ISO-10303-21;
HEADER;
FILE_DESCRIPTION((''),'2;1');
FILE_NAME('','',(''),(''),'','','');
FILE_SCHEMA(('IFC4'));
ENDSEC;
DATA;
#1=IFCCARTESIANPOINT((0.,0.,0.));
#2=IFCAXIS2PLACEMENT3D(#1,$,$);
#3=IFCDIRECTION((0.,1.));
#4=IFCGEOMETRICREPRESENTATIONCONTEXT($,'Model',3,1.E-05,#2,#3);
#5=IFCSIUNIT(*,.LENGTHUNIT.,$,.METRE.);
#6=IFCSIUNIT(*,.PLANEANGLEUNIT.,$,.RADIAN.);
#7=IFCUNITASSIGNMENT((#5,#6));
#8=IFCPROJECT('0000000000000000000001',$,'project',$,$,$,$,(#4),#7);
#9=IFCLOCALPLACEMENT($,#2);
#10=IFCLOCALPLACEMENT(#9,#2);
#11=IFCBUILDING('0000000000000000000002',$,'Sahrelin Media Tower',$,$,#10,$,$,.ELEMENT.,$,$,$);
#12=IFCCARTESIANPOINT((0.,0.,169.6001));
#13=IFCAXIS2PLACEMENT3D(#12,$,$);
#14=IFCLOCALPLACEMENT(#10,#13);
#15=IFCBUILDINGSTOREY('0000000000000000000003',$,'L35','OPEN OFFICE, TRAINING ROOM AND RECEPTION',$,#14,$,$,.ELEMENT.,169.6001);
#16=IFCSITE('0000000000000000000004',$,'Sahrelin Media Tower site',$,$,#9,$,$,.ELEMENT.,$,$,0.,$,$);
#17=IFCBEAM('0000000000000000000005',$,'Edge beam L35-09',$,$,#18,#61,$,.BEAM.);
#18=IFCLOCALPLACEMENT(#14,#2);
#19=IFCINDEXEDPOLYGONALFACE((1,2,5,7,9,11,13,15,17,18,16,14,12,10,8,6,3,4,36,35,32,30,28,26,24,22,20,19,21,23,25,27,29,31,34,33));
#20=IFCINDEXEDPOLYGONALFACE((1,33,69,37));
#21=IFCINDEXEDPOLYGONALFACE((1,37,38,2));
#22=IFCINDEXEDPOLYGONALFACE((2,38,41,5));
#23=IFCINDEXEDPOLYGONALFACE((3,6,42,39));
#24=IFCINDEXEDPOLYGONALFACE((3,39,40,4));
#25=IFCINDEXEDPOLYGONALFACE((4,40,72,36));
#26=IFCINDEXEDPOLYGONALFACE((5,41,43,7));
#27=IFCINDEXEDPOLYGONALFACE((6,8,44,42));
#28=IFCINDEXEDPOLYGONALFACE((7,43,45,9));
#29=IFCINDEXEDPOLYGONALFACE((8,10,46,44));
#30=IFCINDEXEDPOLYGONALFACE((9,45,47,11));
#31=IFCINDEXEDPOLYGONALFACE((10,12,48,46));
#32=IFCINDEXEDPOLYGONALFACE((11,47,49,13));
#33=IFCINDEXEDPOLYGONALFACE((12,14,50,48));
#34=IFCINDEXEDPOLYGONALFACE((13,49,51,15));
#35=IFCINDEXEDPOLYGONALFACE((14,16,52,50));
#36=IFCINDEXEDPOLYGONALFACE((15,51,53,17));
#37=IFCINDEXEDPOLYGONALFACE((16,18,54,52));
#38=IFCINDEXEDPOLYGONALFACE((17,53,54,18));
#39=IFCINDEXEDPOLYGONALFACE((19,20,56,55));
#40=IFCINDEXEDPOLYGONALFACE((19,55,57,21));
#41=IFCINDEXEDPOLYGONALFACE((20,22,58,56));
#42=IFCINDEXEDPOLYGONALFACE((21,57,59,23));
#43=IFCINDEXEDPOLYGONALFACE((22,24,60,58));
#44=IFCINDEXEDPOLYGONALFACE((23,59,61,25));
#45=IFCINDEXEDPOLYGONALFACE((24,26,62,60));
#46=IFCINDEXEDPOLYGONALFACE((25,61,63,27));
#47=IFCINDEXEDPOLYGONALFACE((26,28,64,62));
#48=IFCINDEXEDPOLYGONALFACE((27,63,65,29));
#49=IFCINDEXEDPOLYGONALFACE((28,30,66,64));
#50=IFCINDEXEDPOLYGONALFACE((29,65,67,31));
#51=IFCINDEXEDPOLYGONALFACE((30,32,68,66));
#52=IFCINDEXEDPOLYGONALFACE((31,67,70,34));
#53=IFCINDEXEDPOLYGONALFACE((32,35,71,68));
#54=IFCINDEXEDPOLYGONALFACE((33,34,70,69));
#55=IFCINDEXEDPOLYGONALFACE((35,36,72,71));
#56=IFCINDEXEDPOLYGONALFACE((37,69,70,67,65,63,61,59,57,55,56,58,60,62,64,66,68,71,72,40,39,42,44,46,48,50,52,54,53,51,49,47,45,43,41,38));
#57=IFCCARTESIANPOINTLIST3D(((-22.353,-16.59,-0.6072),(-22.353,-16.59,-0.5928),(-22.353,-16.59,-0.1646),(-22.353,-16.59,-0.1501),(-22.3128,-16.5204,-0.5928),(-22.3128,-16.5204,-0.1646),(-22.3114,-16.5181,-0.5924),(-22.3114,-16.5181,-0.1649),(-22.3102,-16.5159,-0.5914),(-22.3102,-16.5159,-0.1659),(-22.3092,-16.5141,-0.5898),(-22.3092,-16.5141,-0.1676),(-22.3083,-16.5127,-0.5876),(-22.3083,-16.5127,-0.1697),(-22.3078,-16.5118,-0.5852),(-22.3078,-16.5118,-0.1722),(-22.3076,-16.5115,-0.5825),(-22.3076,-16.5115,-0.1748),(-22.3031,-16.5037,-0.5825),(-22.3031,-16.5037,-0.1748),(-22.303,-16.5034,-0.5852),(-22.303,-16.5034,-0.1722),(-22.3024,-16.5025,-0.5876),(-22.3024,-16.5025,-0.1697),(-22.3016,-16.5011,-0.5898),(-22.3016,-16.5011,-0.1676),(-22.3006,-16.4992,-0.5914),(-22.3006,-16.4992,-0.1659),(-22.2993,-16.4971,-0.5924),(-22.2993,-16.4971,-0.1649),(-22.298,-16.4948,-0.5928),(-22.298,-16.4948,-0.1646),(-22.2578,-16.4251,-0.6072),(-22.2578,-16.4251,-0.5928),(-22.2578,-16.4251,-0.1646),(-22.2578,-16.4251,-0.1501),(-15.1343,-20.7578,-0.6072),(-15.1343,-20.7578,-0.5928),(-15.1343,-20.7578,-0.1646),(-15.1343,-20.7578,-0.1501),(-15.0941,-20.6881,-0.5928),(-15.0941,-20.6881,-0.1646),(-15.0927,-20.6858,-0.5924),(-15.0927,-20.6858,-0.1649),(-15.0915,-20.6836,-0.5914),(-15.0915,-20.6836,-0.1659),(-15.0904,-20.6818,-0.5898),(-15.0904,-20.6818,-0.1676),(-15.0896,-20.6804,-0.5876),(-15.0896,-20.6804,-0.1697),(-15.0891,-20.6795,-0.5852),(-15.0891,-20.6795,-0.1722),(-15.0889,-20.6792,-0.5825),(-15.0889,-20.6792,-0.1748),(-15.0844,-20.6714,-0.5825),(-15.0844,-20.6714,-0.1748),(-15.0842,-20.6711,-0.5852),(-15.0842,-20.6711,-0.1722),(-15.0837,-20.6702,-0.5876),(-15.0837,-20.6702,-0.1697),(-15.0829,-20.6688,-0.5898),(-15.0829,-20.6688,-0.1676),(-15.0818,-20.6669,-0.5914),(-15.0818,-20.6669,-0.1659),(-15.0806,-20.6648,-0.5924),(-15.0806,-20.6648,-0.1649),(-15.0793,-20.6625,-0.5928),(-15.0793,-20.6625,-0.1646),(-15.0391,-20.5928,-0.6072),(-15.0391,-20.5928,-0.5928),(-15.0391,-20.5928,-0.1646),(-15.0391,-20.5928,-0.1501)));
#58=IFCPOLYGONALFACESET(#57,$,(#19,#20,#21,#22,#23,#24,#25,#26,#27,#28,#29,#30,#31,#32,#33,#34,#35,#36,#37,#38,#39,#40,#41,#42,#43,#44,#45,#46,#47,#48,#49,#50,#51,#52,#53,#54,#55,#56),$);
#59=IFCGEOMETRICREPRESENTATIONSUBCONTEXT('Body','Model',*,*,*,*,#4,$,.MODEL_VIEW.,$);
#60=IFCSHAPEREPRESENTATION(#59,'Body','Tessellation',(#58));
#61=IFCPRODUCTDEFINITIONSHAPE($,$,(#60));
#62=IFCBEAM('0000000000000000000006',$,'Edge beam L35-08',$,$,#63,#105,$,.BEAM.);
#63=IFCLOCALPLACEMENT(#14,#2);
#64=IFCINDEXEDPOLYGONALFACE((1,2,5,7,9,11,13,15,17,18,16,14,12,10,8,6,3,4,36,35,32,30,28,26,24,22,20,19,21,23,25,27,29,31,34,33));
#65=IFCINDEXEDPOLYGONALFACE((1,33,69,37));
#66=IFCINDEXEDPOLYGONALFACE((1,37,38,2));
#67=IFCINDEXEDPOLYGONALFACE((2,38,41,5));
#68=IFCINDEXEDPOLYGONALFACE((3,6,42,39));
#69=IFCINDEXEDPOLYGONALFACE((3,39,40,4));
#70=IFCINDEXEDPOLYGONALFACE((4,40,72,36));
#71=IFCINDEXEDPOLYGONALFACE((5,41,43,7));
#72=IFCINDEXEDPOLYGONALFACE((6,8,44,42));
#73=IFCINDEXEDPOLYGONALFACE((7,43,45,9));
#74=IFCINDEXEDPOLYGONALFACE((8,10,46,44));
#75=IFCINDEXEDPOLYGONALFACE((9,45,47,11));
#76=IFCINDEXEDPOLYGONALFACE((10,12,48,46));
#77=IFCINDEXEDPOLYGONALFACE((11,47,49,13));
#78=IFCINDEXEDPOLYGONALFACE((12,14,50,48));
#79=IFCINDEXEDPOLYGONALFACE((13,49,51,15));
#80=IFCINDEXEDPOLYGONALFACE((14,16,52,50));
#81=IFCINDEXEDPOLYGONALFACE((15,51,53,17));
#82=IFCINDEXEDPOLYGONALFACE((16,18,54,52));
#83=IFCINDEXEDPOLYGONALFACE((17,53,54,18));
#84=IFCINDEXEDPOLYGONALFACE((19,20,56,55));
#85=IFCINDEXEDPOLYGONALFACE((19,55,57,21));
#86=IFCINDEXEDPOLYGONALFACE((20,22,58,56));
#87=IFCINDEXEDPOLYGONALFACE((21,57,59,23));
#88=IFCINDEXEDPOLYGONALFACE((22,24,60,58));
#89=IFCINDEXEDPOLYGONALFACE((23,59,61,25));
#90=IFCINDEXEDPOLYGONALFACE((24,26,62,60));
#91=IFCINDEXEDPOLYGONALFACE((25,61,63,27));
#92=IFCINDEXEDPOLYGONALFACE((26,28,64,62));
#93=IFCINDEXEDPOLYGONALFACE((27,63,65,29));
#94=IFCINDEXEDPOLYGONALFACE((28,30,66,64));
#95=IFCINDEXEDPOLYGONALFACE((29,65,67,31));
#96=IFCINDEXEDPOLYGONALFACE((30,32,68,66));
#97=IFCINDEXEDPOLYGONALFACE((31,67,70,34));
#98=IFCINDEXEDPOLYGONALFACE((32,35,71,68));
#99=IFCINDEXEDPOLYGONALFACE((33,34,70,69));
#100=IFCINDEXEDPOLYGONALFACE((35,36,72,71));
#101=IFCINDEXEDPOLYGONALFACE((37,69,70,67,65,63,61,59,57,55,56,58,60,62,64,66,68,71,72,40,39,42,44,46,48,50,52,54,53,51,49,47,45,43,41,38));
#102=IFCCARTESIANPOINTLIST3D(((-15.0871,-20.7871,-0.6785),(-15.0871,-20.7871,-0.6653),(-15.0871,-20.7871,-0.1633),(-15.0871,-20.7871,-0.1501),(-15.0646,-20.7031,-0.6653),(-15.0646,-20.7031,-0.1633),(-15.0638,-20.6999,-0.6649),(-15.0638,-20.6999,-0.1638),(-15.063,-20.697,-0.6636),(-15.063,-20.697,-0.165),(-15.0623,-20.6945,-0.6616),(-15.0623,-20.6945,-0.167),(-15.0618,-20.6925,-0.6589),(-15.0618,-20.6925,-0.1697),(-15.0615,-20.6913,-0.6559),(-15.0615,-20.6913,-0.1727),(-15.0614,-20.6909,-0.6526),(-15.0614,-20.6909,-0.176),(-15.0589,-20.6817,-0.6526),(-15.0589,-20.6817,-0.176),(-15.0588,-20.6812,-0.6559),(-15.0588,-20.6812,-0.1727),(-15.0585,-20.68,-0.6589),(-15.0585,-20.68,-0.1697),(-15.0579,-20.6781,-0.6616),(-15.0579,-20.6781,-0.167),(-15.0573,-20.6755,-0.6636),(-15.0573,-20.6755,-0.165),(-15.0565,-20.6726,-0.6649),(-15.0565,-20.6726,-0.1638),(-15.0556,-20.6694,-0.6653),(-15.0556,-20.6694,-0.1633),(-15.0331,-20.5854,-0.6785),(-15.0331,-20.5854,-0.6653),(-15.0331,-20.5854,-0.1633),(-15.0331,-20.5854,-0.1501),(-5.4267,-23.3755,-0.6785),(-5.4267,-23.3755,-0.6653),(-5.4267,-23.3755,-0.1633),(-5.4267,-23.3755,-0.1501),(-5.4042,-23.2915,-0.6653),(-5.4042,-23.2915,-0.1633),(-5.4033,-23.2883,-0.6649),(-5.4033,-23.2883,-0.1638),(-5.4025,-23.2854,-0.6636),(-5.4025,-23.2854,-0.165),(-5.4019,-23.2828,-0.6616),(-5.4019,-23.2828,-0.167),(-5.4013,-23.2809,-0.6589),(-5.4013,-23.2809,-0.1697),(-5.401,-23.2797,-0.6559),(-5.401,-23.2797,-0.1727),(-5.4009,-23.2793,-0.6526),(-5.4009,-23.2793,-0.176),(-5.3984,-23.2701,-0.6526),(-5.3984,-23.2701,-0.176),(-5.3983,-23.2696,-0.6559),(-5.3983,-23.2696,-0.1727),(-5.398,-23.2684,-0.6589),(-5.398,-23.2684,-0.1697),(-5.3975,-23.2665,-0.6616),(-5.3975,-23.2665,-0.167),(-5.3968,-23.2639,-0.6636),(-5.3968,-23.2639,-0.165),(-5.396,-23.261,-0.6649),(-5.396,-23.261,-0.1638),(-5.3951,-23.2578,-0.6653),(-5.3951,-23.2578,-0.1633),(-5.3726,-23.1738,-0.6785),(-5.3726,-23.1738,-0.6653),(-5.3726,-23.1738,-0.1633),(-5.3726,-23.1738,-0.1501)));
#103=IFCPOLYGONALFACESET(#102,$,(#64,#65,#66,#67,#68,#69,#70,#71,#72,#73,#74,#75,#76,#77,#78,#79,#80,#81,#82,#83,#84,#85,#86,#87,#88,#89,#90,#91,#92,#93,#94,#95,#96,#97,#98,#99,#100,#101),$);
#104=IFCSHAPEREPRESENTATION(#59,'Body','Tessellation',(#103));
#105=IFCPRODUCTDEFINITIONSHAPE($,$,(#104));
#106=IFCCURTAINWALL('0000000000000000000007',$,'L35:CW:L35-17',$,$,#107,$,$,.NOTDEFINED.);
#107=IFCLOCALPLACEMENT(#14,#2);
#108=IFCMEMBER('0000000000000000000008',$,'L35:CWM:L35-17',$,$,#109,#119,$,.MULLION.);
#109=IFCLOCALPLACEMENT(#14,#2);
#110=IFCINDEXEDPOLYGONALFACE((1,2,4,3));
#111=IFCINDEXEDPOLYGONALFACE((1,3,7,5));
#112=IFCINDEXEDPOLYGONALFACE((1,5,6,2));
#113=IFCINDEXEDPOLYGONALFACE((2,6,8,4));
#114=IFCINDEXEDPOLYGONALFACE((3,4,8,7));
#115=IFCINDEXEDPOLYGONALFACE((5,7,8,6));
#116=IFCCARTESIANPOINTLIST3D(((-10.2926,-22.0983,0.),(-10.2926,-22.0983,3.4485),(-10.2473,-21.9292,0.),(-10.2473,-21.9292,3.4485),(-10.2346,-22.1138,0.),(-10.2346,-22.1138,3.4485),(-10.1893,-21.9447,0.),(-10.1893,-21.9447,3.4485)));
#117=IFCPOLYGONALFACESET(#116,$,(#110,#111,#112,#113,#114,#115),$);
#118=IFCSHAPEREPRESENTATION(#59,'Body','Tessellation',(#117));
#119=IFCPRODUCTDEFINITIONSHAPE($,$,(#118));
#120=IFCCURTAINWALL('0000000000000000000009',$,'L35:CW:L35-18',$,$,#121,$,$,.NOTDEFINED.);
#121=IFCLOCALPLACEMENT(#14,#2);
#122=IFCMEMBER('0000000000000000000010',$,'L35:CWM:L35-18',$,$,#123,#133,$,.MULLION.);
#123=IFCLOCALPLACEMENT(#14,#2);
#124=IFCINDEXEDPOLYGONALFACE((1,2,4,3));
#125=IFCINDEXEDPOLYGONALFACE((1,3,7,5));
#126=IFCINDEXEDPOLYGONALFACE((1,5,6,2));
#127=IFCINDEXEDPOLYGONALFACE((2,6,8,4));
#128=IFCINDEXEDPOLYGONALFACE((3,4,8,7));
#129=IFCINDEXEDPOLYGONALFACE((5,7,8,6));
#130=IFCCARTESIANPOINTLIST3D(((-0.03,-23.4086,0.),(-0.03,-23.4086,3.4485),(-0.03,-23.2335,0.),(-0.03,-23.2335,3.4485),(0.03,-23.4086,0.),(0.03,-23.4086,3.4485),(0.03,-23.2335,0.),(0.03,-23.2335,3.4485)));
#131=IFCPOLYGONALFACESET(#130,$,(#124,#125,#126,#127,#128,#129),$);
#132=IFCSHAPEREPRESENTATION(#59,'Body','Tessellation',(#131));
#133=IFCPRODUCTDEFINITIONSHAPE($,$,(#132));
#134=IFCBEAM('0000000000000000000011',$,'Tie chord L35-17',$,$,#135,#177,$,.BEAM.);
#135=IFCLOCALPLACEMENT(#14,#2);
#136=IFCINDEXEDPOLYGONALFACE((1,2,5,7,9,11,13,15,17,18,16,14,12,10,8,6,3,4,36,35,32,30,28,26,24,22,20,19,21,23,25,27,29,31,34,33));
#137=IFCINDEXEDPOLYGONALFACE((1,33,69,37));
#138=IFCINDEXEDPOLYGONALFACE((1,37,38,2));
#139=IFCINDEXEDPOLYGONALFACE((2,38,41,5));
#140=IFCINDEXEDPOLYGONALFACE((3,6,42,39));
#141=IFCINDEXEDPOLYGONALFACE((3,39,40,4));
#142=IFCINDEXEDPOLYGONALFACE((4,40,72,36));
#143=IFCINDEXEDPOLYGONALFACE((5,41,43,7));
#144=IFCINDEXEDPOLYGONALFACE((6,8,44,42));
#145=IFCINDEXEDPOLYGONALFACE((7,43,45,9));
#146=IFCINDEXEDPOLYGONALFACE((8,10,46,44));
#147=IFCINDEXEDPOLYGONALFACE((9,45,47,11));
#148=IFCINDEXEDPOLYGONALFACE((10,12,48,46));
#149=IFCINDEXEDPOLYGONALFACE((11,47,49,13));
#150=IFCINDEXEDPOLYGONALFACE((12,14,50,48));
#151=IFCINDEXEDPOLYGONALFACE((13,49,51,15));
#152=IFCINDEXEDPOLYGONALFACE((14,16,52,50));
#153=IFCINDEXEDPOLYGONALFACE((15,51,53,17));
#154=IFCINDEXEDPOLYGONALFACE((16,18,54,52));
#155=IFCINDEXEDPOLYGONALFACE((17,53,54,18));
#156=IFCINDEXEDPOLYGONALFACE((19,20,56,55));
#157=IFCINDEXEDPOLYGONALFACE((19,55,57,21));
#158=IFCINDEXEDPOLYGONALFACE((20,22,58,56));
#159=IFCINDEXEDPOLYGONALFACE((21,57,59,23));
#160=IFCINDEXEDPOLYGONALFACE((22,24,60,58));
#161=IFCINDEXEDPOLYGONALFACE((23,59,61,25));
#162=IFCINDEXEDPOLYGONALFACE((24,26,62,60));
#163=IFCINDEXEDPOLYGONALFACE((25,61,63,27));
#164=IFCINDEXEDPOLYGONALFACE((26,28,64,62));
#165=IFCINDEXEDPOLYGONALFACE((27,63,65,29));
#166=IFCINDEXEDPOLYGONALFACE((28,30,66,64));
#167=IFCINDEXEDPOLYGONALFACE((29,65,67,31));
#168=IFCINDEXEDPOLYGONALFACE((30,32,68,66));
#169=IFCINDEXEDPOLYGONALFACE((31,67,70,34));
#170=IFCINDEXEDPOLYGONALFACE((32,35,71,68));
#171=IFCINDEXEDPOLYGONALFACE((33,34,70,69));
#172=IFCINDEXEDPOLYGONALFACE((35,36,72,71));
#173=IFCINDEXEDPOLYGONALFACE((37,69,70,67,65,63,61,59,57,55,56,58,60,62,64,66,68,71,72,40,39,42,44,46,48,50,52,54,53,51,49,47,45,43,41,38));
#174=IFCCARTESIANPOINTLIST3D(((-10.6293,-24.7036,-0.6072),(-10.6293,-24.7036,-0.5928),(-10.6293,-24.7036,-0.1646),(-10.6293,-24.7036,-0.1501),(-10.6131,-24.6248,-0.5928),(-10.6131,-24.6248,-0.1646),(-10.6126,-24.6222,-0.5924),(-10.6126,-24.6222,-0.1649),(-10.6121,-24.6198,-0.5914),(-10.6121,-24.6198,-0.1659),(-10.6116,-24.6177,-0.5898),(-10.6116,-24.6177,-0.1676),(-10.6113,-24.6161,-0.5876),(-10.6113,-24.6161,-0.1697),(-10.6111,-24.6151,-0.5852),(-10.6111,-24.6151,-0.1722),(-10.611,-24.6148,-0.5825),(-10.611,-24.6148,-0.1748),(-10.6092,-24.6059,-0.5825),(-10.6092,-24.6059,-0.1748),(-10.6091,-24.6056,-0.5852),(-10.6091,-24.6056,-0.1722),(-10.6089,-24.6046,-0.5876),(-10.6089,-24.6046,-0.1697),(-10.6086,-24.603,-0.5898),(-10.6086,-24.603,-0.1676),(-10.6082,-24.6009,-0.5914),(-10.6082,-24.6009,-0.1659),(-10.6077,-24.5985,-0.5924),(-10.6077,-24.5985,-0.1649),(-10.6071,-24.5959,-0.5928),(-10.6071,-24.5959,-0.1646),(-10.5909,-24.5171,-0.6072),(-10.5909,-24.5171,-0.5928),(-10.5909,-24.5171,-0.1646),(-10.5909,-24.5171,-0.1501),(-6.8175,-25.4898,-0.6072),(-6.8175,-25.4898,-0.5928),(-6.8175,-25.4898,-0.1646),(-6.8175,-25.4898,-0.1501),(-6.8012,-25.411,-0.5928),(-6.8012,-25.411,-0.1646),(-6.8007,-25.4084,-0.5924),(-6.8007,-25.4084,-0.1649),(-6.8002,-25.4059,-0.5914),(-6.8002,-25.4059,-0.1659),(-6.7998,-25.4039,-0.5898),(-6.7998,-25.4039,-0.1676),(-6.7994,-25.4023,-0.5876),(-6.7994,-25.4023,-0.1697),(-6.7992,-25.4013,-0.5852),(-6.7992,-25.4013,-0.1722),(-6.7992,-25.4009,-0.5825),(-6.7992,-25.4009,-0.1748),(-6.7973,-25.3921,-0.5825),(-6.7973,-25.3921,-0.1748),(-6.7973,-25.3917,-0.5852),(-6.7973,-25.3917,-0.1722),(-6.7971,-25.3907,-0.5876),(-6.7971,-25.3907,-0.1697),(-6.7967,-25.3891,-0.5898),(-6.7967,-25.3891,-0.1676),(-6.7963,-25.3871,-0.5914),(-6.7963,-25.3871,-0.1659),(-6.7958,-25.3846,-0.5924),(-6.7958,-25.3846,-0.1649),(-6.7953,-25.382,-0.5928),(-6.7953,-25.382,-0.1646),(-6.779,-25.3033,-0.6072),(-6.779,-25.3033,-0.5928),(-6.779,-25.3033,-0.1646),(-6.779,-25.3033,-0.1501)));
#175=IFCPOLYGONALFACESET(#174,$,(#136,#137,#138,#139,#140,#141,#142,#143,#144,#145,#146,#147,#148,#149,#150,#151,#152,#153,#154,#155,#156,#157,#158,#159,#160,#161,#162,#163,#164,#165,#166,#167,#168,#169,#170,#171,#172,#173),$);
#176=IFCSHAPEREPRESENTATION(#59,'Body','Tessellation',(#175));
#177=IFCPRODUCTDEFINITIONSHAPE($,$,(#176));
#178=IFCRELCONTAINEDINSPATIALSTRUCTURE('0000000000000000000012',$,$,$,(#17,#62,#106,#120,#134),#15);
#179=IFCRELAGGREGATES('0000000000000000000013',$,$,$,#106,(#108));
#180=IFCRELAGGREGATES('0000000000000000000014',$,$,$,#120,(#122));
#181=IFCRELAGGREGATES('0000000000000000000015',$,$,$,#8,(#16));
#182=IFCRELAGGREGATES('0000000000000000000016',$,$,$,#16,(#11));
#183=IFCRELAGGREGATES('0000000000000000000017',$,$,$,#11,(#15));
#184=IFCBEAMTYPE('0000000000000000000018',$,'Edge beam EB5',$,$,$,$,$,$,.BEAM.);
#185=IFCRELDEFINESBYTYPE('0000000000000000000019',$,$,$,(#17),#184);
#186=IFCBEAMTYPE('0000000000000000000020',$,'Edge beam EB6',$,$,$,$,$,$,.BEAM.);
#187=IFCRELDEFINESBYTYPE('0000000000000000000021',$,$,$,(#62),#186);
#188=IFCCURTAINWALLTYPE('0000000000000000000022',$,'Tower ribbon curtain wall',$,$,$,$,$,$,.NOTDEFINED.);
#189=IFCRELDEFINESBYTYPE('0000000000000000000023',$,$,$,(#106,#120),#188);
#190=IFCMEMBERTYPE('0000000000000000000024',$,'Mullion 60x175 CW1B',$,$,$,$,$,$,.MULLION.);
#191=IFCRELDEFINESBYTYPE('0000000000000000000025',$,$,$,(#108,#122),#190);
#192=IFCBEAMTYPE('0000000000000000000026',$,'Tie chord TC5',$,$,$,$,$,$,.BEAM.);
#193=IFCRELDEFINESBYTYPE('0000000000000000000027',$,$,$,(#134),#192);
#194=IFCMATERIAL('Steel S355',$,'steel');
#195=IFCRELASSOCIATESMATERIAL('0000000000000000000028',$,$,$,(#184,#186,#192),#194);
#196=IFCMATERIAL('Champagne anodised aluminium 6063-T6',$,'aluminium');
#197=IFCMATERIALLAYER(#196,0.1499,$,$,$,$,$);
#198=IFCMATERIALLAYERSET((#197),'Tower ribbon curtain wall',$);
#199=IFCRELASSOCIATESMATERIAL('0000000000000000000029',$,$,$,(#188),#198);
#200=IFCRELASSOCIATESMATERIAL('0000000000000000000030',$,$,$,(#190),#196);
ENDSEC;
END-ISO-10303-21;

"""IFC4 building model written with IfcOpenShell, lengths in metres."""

from ifc_helpers import new_model, si_unit, direction, frame, origin, origin_2d, place, context, subcontext, project, spatial, rectangle, i_section, extrude, material, layer, layer_set, material_profile, profile_set, type_object, element, aggregate, save


model = new_model("IFC4")

# Units and contexts
model_context = context("Model", 3, precision=1e-05, world=origin(), true_north=direction((0.0, 1.0)))
body_context = subcontext(model_context, "Body", "Model", "MODEL_VIEW")
ifc_project = project(units=[si_unit("LENGTHUNIT", "METRE"), si_unit("PLANEANGLEUNIT", "RADIAN")], contexts=[model_context])

# Site, building, storey
site_placement = place(None, origin())
site = spatial("IfcSite", under=ifc_project, at=site_placement, Name="Sahrelin Media Tower site", CompositionType="ELEMENT", RefElevation=0.0)
building_placement = place(site_placement, origin())
building = spatial("IfcBuilding", under=site, at=building_placement, Name="Sahrelin Media Tower", CompositionType="ELEMENT")
storey_placement = place(building_placement, frame((0.0, 0.0, 169.6001)))
storey = spatial("IfcBuildingStorey", under=building, at=storey_placement, Name="L35", Description="OPEN OFFICE, TRAINING ROOM AND RECEPTION", CompositionType="ELEMENT", Elevation=169.6001)

# Beams
ifc_material_1 = material(Name="Steel S355", Category="steel")
ifc_material_profile_1 = material_profile(ifc_material_1, i_section(OverallWidth=0.1904, OverallDepth=0.457, WebThickness=0.009, FlangeThickness=0.0144, FilletRadius=0.0103, at=origin_2d()), Name="UB 457x191x74")
ifc_profile_set_1 = profile_set([ifc_material_profile_1], Name="Steel S355")
beam_type_1 = type_object("IfcBeamType", Name="Edge beam EB5", PredefinedType="BEAM", material=ifc_profile_set_1)
beam_1_placement = place(storey_placement, frame((-15.0867, -20.6753, -0.3787), z_axis=(-0.866027, 0.499998, 0.0), x_axis=(-0.499998, -0.866027, 0.0)))
element("IfcBeam", 1, at=beam_1_placement, inside=storey, type_object=beam_type_1, Name="Edge beam L35-09", PredefinedType="BEAM", context=body_context, shape_type="SweptSolid", body=[
    extrude(i_section(OverallWidth=0.1904, OverallDepth=0.457, WebThickness=0.009, FlangeThickness=0.0144, FilletRadius=0.0103, at=origin_2d()), origin(), (0.0, 0.0, 1.0), 8.3354),
])
ifc_material_profile_2 = material_profile(ifc_material_1, i_section(OverallWidth=0.2087, OverallDepth=0.5283, WebThickness=0.0095, FlangeThickness=0.0132, FilletRadius=0.0127, at=origin_2d()), Name="UB 533x210x82")
ifc_profile_set_2 = profile_set([ifc_material_profile_2], Name="Steel S355")
beam_type_2 = type_object("IfcBeamType", Name="Edge beam EB6", PredefinedType="BEAM", material=ifc_profile_set_2)
beam_2_placement = place(storey_placement, frame((-5.3997, -23.2747, -0.4143), z_axis=(-0.965929, 0.258808, 0.0), x_axis=(-0.258808, -0.965929, 0.0)))
element("IfcBeam", 2, at=beam_2_placement, inside=storey, type_object=beam_type_2, Name="Edge beam L35-08", PredefinedType="BEAM", context=body_context, shape_type="SweptSolid", body=[
    extrude(i_section(OverallWidth=0.2087, OverallDepth=0.5283, WebThickness=0.0095, FlangeThickness=0.0132, FilletRadius=0.0127, at=origin_2d()), origin(), (0.0, 0.0, 1.0), 10.0012),
])

# Curtain walls, members
ifc_material_2 = material(Name="Champagne anodised aluminium 6063-T6", Category="aluminium")
ifc_layer_1 = layer(ifc_material_2, 0.1499)
ifc_layer_set_1 = layer_set([ifc_layer_1], Name="Tower ribbon curtain wall")
curtain_wall_type = type_object("IfcCurtainWallType", Name="Tower ribbon curtain wall", PredefinedType="NOTDEFINED", material=ifc_layer_set_1)
curtain_wall_1_placement = place(storey_placement, frame((-10.2688, -22.1252, 0.0), z_axis=(0.0, 0.0, 1.0), x_axis=(1.0, 0.0, 0.0)))
curtain_wall_1 = element("IfcCurtainWall", 3, at=curtain_wall_1_placement, inside=storey, type_object=curtain_wall_type, Name="L35:CW:L35-17", PredefinedType="NOTDEFINED")
ifc_material_profile_3 = material_profile(ifc_material_2, rectangle(XDim=0.0601, YDim=0.175, at=origin_2d()), Name="Mullion 60x175")
ifc_profile_set_3 = profile_set([ifc_material_profile_3], Name="Champagne anodised aluminium 6063-T6")
member_type_1 = type_object("IfcMemberType", Name="Mullion 60x175 CW1B", PredefinedType="MULLION", material=ifc_profile_set_3)
member_1_placement = place(storey_placement, frame((-10.241, -22.0215, 0.0), z_axis=(0.0, 0.0, 1.0), x_axis=(0.965924, -0.258826, 0.0)))
member_1 = element("IfcMember", 4, at=member_1_placement, type_object=member_type_1, Name="L35:CWM:L35-17", PredefinedType="MULLION", context=body_context, shape_type="SweptSolid", body=[
    extrude(rectangle(XDim=0.0601, YDim=0.175, at=origin_2d()), origin(), (0.0, 0.0, 1.0), 3.4485),
])
curtain_wall_2_placement = place(storey_placement, frame((0.0, -23.4285, 0.0), z_axis=(0.0, 0.0, 1.0), x_axis=(1.0, 0.0, 0.0)))
curtain_wall_2 = element("IfcCurtainWall", 5, at=curtain_wall_2_placement, inside=storey, type_object=curtain_wall_type, Name="L35:CW:L35-18", PredefinedType="NOTDEFINED")
member_2_placement = place(storey_placement, frame((0.0, -23.321, 0.0), z_axis=(0.0, 0.0, 1.0), x_axis=(1.0, 0.0, 0.0)))
member_2 = element("IfcMember", 6, at=member_2_placement, type_object=member_type_1, Name="L35:CWM:L35-18", PredefinedType="MULLION", context=body_context, shape_type="SweptSolid", body=[
    extrude(rectangle(XDim=0.0601, YDim=0.175, at=origin_2d()), origin(), (0.0, 0.0, 1.0), 3.4485),
])

# Beam
ifc_material_profile_4 = material_profile(ifc_material_1, i_section(OverallWidth=0.1904, OverallDepth=0.457, WebThickness=0.009, FlangeThickness=0.0144, FilletRadius=0.0103, at=origin_2d()), Name="UB 457x191x74")
ifc_profile_set_4 = profile_set([ifc_material_profile_4], Name="Steel S355")
beam_type_3 = type_object("IfcBeamType", Name="Tie chord TC5", PredefinedType="BEAM", material=ifc_profile_set_4)
beam_3_placement = place(storey_placement, frame((-10.6101, -24.6104, -0.3787), z_axis=(0.979388, -0.201987, 0.0), x_axis=(0.201987, 0.979388, 0.0)))
element("IfcBeam", 7, at=beam_3_placement, inside=storey, type_object=beam_type_3, Name="Tie chord L35-17", PredefinedType="BEAM", context=body_context, shape_type="SweptSolid", body=[
    extrude(i_section(OverallWidth=0.1904, OverallDepth=0.457, WebThickness=0.009, FlangeThickness=0.0144, FilletRadius=0.0103, at=origin_2d()), origin(), (0.0, 0.0, 1.0), 3.8921),
])

aggregate(curtain_wall_1, [member_1])
aggregate(curtain_wall_2, [member_2])

save(model, "model.ifc")
